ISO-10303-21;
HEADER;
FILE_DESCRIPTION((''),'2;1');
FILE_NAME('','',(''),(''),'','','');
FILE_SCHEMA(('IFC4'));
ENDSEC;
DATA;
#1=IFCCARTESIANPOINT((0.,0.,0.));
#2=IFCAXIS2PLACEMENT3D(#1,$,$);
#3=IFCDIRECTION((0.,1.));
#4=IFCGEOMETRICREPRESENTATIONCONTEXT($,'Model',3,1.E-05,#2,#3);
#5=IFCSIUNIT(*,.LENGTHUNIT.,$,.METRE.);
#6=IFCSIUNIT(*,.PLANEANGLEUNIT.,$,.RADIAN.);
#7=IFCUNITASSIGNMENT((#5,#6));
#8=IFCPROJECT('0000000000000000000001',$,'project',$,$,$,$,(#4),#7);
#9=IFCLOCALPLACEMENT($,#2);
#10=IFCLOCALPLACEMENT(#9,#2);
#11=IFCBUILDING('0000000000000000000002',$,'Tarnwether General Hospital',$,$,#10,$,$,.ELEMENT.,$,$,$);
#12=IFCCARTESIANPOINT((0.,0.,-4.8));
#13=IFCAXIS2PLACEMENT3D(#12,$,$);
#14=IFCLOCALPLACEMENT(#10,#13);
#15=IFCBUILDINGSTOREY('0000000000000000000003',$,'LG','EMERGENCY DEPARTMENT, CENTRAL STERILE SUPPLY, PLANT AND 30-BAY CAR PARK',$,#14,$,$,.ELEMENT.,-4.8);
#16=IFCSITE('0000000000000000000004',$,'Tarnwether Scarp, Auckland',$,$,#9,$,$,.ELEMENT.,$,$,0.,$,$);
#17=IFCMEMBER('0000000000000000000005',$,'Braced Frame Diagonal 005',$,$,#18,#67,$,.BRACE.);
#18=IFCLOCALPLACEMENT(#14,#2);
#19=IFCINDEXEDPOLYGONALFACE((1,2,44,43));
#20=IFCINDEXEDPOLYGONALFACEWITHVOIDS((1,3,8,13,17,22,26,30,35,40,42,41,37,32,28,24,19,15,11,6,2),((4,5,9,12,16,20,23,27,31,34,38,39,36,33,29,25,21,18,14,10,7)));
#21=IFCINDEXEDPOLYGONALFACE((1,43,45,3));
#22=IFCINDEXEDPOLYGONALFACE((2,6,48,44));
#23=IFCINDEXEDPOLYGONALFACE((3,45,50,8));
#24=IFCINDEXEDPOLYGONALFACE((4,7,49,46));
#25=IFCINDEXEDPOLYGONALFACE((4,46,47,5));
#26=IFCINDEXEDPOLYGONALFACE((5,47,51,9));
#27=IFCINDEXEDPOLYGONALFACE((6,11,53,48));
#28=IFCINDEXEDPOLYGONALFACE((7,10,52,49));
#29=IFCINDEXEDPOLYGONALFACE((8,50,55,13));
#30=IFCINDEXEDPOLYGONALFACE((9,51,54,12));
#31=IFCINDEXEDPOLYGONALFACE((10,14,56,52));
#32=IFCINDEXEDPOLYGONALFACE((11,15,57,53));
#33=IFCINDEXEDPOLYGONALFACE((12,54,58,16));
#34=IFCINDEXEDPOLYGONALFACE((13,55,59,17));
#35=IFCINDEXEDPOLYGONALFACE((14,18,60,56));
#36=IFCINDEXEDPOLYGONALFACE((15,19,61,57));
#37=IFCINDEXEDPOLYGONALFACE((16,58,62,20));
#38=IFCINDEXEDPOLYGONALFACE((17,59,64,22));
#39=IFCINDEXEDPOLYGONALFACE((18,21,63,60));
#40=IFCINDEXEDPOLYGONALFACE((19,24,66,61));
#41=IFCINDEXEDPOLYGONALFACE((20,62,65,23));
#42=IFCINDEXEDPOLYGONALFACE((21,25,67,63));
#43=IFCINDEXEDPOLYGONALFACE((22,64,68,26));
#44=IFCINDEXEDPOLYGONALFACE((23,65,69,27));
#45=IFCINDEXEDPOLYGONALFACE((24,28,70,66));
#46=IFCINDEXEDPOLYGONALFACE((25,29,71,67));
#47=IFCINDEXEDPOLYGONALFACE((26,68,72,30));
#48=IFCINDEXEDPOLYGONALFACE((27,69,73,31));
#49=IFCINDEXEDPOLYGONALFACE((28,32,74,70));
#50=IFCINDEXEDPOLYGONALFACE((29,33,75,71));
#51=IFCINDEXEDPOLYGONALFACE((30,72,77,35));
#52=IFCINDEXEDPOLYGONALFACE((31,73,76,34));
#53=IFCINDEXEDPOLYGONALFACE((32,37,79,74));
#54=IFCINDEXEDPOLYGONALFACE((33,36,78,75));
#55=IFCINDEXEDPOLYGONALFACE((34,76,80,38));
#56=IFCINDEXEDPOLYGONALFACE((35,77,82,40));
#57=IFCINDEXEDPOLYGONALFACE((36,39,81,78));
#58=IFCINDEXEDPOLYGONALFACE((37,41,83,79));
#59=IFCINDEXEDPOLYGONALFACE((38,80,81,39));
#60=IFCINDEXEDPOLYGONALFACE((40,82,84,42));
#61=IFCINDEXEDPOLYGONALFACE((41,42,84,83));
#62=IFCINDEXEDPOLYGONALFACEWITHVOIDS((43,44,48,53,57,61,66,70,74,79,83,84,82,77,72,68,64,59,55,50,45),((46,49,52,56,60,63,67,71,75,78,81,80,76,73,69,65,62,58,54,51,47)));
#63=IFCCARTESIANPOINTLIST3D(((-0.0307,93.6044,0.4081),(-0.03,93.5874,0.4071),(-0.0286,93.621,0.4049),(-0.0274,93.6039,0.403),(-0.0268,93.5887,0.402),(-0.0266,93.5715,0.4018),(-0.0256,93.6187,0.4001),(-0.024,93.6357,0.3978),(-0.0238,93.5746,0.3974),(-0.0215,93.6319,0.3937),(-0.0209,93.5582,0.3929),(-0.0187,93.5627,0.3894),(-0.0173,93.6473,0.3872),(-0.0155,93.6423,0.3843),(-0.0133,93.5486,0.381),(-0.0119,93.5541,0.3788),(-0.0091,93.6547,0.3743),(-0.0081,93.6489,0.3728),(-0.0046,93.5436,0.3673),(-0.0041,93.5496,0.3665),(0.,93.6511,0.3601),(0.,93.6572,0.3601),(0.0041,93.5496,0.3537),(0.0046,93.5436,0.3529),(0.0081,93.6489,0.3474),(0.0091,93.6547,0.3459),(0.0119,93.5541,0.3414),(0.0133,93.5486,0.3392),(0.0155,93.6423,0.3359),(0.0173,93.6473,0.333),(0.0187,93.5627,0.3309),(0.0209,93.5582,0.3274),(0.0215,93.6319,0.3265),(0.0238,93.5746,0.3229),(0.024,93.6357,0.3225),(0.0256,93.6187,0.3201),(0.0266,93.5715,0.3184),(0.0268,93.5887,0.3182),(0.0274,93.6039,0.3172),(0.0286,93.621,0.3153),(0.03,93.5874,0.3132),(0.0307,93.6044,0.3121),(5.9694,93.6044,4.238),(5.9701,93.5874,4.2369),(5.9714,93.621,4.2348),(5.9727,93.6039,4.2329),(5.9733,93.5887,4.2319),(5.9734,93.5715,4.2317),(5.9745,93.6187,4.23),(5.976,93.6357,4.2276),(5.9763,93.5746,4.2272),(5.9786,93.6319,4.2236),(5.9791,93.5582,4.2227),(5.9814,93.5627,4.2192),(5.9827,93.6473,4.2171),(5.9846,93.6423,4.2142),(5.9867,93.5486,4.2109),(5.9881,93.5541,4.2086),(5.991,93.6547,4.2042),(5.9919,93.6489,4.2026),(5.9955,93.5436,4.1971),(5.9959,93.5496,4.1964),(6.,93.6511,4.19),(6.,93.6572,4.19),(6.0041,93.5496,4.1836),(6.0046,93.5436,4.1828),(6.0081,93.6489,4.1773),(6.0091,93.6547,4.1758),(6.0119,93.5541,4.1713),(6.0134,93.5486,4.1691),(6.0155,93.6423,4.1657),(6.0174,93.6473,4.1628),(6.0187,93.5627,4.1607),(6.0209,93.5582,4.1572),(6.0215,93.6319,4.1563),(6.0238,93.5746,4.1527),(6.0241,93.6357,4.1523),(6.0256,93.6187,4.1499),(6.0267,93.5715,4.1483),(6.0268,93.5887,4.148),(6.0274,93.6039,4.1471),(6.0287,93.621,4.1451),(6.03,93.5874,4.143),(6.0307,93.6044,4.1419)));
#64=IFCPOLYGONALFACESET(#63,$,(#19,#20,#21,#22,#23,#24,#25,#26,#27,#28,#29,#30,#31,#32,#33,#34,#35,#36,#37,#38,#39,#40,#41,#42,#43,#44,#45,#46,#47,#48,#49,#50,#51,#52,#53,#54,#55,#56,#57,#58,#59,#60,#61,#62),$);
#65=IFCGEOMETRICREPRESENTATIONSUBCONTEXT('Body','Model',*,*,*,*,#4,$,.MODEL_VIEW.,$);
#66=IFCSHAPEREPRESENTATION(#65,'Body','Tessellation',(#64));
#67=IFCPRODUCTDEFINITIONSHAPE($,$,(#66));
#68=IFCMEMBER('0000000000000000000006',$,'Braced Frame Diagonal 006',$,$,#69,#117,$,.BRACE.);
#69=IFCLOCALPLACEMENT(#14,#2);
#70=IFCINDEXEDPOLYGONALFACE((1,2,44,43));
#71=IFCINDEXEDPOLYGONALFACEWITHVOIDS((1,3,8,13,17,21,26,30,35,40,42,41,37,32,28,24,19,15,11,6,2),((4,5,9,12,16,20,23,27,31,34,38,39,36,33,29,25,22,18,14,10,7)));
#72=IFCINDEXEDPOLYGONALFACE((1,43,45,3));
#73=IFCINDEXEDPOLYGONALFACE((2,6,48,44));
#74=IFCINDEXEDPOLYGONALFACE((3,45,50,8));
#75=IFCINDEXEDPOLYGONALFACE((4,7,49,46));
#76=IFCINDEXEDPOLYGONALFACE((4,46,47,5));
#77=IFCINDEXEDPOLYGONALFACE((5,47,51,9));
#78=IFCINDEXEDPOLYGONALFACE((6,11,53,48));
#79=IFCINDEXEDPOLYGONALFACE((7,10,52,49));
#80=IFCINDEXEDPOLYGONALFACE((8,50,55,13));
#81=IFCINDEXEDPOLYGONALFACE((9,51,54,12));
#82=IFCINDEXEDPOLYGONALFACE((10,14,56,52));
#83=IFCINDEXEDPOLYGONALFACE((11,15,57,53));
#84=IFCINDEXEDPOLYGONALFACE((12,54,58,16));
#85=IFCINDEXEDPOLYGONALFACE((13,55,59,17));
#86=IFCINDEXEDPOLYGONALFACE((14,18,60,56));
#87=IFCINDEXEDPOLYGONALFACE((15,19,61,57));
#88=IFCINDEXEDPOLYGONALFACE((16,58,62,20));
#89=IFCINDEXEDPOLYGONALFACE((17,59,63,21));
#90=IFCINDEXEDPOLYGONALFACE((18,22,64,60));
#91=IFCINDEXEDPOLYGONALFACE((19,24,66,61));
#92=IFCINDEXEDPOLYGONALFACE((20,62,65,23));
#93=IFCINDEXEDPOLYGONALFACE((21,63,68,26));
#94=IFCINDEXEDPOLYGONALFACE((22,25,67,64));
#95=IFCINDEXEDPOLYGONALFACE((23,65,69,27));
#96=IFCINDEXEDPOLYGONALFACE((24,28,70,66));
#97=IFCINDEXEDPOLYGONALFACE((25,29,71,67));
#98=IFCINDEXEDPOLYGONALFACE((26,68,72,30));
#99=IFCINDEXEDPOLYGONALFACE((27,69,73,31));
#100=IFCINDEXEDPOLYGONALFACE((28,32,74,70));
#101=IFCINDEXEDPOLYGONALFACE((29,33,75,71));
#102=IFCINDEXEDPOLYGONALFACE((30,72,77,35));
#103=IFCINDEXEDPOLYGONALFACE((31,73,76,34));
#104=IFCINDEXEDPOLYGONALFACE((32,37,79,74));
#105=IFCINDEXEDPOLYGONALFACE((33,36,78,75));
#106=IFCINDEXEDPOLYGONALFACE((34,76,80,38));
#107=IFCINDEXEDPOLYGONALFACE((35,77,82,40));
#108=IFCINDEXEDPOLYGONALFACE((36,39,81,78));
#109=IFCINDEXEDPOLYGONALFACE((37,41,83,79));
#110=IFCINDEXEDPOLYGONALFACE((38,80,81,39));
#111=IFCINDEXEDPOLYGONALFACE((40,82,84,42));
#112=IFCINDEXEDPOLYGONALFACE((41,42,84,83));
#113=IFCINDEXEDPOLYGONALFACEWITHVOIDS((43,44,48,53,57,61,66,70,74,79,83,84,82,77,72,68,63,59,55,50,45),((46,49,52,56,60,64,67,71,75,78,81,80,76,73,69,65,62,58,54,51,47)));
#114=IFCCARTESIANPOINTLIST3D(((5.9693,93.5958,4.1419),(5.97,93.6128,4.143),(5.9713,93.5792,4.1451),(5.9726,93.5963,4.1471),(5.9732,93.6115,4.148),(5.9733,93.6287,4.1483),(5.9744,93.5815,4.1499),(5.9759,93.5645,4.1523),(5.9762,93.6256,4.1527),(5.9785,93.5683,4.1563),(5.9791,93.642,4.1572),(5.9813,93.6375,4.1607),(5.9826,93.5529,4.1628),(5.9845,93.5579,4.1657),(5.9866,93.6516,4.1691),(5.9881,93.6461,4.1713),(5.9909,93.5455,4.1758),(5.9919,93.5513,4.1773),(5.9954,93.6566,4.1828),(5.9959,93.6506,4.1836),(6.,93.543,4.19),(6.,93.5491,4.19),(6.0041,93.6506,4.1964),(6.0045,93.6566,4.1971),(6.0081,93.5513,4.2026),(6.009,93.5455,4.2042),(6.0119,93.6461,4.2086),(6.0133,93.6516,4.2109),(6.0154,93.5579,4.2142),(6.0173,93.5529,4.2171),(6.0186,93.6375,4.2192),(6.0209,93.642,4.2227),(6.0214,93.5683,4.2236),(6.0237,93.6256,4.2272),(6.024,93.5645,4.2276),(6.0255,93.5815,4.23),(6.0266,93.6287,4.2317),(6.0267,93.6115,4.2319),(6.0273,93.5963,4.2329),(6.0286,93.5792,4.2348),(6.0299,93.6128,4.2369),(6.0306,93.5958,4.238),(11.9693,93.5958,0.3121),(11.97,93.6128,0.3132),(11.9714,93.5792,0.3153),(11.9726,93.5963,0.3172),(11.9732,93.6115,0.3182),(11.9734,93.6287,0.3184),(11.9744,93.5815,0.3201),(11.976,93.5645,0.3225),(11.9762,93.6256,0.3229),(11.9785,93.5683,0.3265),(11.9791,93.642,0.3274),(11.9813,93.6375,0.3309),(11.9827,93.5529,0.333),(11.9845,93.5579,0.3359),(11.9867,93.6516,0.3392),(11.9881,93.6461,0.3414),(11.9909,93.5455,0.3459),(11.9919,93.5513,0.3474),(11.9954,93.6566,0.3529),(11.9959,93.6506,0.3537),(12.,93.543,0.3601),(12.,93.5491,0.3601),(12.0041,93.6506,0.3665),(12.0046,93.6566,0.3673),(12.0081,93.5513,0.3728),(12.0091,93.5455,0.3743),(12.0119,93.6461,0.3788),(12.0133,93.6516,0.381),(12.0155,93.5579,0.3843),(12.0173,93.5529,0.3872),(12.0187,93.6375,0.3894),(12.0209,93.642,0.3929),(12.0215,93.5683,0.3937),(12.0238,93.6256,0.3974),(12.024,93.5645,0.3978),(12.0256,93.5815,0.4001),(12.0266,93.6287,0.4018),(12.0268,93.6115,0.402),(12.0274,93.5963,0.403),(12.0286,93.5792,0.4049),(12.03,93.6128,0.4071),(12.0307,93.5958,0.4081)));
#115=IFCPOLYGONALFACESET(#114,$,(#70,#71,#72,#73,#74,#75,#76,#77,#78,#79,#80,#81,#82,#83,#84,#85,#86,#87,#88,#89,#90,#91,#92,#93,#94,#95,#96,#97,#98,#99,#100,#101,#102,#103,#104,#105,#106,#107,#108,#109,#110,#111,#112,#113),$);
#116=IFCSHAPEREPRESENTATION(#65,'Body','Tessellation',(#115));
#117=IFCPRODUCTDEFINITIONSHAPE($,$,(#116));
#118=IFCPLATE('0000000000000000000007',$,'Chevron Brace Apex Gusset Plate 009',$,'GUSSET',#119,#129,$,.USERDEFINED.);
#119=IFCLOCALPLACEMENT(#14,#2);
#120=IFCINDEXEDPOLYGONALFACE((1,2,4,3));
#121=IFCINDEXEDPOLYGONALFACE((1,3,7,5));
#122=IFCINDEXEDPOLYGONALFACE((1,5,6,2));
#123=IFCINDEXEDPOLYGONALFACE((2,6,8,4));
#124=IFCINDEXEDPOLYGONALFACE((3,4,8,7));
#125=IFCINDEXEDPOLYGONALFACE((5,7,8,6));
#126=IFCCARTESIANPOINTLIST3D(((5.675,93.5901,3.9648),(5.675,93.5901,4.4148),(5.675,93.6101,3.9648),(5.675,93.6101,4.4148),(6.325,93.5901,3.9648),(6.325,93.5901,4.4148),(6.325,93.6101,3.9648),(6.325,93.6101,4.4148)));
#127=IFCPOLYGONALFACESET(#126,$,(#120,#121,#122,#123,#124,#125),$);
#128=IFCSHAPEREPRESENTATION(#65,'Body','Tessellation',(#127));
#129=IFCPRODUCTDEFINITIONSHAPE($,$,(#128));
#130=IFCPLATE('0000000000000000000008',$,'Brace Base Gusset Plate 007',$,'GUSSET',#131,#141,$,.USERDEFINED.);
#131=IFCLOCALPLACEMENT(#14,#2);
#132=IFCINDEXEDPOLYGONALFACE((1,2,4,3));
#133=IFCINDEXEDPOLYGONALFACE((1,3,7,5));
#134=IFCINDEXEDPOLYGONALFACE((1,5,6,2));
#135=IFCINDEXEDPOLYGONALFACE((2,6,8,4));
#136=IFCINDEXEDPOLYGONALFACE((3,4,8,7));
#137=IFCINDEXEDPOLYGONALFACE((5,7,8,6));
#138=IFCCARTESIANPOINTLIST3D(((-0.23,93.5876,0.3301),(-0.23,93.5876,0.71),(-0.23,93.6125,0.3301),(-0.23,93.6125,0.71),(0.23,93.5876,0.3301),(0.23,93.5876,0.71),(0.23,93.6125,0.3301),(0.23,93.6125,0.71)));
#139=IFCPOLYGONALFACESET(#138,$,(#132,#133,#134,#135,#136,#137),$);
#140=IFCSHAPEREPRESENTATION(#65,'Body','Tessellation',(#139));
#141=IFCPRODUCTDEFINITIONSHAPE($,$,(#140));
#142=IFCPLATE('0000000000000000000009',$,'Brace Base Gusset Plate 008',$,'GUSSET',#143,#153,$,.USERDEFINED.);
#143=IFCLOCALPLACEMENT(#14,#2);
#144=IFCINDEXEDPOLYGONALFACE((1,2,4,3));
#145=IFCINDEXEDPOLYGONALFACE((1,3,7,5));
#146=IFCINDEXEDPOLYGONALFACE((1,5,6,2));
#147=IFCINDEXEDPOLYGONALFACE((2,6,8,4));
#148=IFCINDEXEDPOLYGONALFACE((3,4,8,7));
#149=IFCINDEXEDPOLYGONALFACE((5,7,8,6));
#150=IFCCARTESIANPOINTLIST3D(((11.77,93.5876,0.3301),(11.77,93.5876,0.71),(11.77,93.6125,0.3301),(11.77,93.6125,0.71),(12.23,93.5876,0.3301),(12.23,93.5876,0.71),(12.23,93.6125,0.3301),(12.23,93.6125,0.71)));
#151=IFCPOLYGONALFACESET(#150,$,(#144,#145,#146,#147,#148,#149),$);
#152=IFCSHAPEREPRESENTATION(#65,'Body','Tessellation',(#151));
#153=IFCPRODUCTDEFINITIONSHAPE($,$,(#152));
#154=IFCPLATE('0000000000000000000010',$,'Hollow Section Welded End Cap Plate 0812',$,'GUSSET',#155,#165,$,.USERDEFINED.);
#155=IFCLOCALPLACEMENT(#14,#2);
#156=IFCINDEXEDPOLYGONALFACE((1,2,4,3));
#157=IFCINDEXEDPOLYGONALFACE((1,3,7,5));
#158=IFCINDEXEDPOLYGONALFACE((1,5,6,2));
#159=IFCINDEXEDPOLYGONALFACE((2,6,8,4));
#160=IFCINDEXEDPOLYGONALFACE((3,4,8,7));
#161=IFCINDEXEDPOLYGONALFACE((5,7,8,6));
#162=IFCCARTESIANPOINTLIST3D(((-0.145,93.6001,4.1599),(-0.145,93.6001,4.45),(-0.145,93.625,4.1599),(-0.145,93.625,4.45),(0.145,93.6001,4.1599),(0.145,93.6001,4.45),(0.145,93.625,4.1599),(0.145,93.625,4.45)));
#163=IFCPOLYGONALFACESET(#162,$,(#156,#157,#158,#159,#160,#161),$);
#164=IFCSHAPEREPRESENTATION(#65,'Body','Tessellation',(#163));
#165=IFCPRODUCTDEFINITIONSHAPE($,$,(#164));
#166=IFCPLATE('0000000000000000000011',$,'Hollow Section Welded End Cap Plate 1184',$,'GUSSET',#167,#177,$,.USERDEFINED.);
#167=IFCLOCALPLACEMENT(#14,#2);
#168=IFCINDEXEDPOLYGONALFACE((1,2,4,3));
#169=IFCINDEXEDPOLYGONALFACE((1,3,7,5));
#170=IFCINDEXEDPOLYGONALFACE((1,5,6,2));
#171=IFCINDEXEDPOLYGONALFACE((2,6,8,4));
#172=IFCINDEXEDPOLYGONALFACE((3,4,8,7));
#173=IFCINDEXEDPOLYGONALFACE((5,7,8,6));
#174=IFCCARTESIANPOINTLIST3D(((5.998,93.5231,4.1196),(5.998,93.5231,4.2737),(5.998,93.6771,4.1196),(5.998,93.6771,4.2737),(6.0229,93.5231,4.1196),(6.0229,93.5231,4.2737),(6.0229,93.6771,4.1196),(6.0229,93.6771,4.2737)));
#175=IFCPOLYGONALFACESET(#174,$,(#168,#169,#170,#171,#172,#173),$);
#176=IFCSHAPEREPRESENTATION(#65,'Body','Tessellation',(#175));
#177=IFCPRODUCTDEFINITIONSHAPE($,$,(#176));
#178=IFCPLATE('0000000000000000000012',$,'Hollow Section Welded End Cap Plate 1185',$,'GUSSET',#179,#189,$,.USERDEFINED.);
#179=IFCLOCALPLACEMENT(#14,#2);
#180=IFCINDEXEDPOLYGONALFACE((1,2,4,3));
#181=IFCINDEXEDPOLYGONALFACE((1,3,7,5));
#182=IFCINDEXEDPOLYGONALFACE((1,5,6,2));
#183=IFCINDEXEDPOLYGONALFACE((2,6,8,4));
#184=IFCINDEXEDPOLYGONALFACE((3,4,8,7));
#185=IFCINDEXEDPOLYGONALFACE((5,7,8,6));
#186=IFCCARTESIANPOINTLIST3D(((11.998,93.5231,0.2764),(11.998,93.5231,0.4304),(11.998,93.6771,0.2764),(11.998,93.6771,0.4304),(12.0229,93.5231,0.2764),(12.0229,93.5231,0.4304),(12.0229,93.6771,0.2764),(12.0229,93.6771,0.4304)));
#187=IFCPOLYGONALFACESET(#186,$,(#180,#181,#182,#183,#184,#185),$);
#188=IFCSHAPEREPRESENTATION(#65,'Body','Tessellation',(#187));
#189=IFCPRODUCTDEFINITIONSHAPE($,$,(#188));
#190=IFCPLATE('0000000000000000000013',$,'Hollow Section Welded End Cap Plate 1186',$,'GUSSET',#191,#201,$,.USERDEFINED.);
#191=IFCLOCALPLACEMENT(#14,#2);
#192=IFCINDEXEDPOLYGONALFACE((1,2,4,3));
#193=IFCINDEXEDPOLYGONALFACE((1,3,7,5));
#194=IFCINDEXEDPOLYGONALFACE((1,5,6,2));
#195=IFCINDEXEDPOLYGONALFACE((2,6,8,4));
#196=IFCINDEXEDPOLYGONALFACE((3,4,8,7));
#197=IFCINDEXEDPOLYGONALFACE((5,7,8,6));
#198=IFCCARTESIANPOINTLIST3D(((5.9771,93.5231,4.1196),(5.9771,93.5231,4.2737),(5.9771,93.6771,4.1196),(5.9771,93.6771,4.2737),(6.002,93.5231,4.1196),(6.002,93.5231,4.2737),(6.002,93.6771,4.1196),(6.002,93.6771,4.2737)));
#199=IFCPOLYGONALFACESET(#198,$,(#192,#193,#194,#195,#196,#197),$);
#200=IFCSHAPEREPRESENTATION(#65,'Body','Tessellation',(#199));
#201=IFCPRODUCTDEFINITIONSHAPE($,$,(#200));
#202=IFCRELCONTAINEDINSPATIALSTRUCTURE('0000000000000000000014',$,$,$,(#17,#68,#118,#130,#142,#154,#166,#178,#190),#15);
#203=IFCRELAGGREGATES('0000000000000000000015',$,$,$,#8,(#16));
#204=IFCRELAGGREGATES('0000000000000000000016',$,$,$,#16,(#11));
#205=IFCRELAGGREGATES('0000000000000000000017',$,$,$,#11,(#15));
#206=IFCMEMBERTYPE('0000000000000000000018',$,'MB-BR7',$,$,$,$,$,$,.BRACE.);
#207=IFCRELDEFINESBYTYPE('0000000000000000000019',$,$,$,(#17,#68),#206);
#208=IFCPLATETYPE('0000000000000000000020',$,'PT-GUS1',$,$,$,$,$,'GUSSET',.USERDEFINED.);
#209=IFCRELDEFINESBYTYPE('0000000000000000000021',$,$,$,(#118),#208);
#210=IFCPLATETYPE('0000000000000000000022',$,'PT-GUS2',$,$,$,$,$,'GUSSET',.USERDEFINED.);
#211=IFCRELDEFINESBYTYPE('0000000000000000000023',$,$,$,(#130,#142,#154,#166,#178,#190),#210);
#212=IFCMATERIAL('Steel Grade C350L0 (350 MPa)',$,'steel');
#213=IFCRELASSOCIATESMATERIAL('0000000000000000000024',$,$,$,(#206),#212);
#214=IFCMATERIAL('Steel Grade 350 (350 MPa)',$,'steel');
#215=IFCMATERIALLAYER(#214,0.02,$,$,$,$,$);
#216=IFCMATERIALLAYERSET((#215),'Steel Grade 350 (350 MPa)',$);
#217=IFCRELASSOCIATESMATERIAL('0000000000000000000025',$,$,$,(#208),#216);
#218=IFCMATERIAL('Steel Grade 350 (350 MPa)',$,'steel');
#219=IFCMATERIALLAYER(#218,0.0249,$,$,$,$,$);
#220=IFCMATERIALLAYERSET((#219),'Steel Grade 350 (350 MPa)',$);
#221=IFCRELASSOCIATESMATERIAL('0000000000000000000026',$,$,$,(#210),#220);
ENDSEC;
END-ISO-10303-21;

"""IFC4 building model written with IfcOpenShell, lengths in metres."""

from ifc_helpers import new_model, si_unit, direction, frame, origin, origin_2d, place, context, subcontext, project, spatial, rectangle, hollow_circle, extrude, material, layer, layer_set, material_profile, profile_set, type_object, element, save


model = new_model("IFC4")

# Units and contexts
model_context = context("Model", 3, precision=1e-05, world=origin(), true_north=direction((0.0, 1.0)))
body_context = subcontext(model_context, "Body", "Model", "MODEL_VIEW")
ifc_project = project(units=[si_unit("LENGTHUNIT", "METRE"), si_unit("PLANEANGLEUNIT", "RADIAN")], contexts=[model_context])

# Site, building, storey
site_placement = place(None, origin())
site = spatial("IfcSite", under=ifc_project, at=site_placement, Name="Tarnwether Scarp, Auckland", CompositionType="ELEMENT", RefElevation=0.0)
building_placement = place(site_placement, origin())
building = spatial("IfcBuilding", under=site, at=building_placement, Name="Tarnwether General Hospital", CompositionType="ELEMENT")
storey_placement = place(building_placement, frame((0.0, 0.0, -4.8)))
storey = spatial("IfcBuildingStorey", under=building, at=storey_placement, Name="LG", Description="EMERGENCY DEPARTMENT, CENTRAL STERILE SUPPLY, PLANT AND 30-BAY CAR PARK", CompositionType="ELEMENT", Elevation=-4.8)

# Members
ifc_material_1 = material(Name="Steel Grade C350L0 (350 MPa)", Category="steel")
ifc_material_profile_1 = material_profile(ifc_material_1, hollow_circle(Radius=0.0571, WallThickness=0.0061, at=origin_2d()), Name="CHS114.3x6.0")
ifc_profile_set_1 = profile_set([ifc_material_profile_1], Name="Steel Grade C350L0 (350 MPa)")
member_type = type_object("IfcMemberType", Name="MB-BR7", PredefinedType="BRACE", material=ifc_profile_set_1)
for number, where, z_axis, x_axis, name in (
    (1, (0.0, 93.6001, 0.3601), (0.842919, 0.0, 0.53804), (0.0, 1.0, 0.0), "Braced Frame Diagonal 005"),
    (2, (12.0, 93.6001, 0.3601), (-0.842919, 0.0, 0.53804), (0.0, -1.0, 0.0), "Braced Frame Diagonal 006"),
):
    element("IfcMember", number, at=place(storey_placement, frame(where, z_axis=z_axis, x_axis=x_axis)), inside=storey, type_object=member_type, Name=name, PredefinedType="BRACE", context=body_context, shape_type="SweptSolid", body=[
        extrude(hollow_circle(Radius=0.0571, WallThickness=0.0061, at=origin_2d()), origin(), (0.0, 0.0, 1.0), 7.1182),
    ])

# Plates
ifc_material_2 = material(Name="Steel Grade 350 (350 MPa)", Category="steel")
ifc_layer_1 = layer(ifc_material_2, 0.02)
ifc_layer_set_1 = layer_set([ifc_layer_1], Name="Steel Grade 350 (350 MPa)")
plate_type_1 = type_object("IfcPlateType", Name="PT-GUS1", ElementType="GUSSET", PredefinedType="USERDEFINED", material=ifc_layer_set_1)
plate_1_placement = place(storey_placement, frame((6.0, 93.6001, 3.9648), z_axis=(0.0, 0.0, 1.0), x_axis=(1.0, 0.0, 0.0)))
element("IfcPlate", 3, at=plate_1_placement, inside=storey, type_object=plate_type_1, Name="Chevron Brace Apex Gusset Plate 009", ObjectType="GUSSET", PredefinedType="USERDEFINED", context=body_context, shape_type="SweptSolid", body=[
    extrude(rectangle(XDim=0.6499, YDim=0.02, at=origin_2d()), origin(), (0.0, 0.0, 1.0), 0.45),
])
ifc_material_3 = material(Name="Steel Grade 350 (350 MPa)", Category="steel")
ifc_layer_2 = layer(ifc_material_3, 0.0249)
ifc_layer_set_2 = layer_set([ifc_layer_2], Name="Steel Grade 350 (350 MPa)")
plate_type_2 = type_object("IfcPlateType", Name="PT-GUS2", ElementType="GUSSET", PredefinedType="USERDEFINED", material=ifc_layer_set_2)
for number, where, z_axis, x_axis, name in (
    (4, (0.0, 93.6001, 0.3301), (0.0, 0.0, 1.0), (1.0, 0.0, 0.0), "Brace Base Gusset Plate 007"),
    (5, (12.0, 93.6001, 0.3301), (0.0, 0.0, 1.0), (1.0, 0.0, 0.0), "Brace Base Gusset Plate 008"),
):
    element("IfcPlate", number, at=place(storey_placement, frame(where, z_axis=z_axis, x_axis=x_axis)), inside=storey, type_object=plate_type_2, Name=name, ObjectType="GUSSET", PredefinedType="USERDEFINED", context=body_context, shape_type="SweptSolid", body=[
        extrude(rectangle(XDim=0.46, YDim=0.0249, at=origin_2d()), origin(), (0.0, 0.0, 1.0), 0.3799),
    ])
plate_2_placement = place(storey_placement, frame((0.0, 93.6125, 4.1599), z_axis=(0.0, 0.0, 1.0), x_axis=(0.0, 1.0, 0.0)))
element("IfcPlate", 6, at=plate_2_placement, inside=storey, type_object=plate_type_2, Name="Hollow Section Welded End Cap Plate 0812", ObjectType="GUSSET", PredefinedType="USERDEFINED", context=body_context, shape_type="SweptSolid", body=[
    extrude(rectangle(XDim=0.0249, YDim=0.29, at=origin_2d()), origin(), (0.0, 0.0, 1.0), 0.29),
])
for number, where, z_axis, x_axis, name in (
    (7, (6.0105, 93.6001, 4.1196), (0.0, 0.0, 1.0), (1.0, 0.0, 0.0), "Hollow Section Welded End Cap Plate 1184"),
    (8, (12.0105, 93.6001, 0.2764), (0.0, 0.0, 1.0), (-1.0, 0.0, 0.0), "Hollow Section Welded End Cap Plate 1185"),
    (9, (5.9895, 93.6001, 4.1196), (0.0, 0.0, 1.0), (-1.0, 0.0, 0.0), "Hollow Section Welded End Cap Plate 1186"),
):
    element("IfcPlate", number, at=place(storey_placement, frame(where, z_axis=z_axis, x_axis=x_axis)), inside=storey, type_object=plate_type_2, Name=name, ObjectType="GUSSET", PredefinedType="USERDEFINED", context=body_context, shape_type="SweptSolid", body=[
        extrude(rectangle(XDim=0.0249, YDim=0.1541, at=origin_2d()), origin(), (0.0, 0.0, 1.0), 0.1541),
    ])

save(model, "model.ifc")
